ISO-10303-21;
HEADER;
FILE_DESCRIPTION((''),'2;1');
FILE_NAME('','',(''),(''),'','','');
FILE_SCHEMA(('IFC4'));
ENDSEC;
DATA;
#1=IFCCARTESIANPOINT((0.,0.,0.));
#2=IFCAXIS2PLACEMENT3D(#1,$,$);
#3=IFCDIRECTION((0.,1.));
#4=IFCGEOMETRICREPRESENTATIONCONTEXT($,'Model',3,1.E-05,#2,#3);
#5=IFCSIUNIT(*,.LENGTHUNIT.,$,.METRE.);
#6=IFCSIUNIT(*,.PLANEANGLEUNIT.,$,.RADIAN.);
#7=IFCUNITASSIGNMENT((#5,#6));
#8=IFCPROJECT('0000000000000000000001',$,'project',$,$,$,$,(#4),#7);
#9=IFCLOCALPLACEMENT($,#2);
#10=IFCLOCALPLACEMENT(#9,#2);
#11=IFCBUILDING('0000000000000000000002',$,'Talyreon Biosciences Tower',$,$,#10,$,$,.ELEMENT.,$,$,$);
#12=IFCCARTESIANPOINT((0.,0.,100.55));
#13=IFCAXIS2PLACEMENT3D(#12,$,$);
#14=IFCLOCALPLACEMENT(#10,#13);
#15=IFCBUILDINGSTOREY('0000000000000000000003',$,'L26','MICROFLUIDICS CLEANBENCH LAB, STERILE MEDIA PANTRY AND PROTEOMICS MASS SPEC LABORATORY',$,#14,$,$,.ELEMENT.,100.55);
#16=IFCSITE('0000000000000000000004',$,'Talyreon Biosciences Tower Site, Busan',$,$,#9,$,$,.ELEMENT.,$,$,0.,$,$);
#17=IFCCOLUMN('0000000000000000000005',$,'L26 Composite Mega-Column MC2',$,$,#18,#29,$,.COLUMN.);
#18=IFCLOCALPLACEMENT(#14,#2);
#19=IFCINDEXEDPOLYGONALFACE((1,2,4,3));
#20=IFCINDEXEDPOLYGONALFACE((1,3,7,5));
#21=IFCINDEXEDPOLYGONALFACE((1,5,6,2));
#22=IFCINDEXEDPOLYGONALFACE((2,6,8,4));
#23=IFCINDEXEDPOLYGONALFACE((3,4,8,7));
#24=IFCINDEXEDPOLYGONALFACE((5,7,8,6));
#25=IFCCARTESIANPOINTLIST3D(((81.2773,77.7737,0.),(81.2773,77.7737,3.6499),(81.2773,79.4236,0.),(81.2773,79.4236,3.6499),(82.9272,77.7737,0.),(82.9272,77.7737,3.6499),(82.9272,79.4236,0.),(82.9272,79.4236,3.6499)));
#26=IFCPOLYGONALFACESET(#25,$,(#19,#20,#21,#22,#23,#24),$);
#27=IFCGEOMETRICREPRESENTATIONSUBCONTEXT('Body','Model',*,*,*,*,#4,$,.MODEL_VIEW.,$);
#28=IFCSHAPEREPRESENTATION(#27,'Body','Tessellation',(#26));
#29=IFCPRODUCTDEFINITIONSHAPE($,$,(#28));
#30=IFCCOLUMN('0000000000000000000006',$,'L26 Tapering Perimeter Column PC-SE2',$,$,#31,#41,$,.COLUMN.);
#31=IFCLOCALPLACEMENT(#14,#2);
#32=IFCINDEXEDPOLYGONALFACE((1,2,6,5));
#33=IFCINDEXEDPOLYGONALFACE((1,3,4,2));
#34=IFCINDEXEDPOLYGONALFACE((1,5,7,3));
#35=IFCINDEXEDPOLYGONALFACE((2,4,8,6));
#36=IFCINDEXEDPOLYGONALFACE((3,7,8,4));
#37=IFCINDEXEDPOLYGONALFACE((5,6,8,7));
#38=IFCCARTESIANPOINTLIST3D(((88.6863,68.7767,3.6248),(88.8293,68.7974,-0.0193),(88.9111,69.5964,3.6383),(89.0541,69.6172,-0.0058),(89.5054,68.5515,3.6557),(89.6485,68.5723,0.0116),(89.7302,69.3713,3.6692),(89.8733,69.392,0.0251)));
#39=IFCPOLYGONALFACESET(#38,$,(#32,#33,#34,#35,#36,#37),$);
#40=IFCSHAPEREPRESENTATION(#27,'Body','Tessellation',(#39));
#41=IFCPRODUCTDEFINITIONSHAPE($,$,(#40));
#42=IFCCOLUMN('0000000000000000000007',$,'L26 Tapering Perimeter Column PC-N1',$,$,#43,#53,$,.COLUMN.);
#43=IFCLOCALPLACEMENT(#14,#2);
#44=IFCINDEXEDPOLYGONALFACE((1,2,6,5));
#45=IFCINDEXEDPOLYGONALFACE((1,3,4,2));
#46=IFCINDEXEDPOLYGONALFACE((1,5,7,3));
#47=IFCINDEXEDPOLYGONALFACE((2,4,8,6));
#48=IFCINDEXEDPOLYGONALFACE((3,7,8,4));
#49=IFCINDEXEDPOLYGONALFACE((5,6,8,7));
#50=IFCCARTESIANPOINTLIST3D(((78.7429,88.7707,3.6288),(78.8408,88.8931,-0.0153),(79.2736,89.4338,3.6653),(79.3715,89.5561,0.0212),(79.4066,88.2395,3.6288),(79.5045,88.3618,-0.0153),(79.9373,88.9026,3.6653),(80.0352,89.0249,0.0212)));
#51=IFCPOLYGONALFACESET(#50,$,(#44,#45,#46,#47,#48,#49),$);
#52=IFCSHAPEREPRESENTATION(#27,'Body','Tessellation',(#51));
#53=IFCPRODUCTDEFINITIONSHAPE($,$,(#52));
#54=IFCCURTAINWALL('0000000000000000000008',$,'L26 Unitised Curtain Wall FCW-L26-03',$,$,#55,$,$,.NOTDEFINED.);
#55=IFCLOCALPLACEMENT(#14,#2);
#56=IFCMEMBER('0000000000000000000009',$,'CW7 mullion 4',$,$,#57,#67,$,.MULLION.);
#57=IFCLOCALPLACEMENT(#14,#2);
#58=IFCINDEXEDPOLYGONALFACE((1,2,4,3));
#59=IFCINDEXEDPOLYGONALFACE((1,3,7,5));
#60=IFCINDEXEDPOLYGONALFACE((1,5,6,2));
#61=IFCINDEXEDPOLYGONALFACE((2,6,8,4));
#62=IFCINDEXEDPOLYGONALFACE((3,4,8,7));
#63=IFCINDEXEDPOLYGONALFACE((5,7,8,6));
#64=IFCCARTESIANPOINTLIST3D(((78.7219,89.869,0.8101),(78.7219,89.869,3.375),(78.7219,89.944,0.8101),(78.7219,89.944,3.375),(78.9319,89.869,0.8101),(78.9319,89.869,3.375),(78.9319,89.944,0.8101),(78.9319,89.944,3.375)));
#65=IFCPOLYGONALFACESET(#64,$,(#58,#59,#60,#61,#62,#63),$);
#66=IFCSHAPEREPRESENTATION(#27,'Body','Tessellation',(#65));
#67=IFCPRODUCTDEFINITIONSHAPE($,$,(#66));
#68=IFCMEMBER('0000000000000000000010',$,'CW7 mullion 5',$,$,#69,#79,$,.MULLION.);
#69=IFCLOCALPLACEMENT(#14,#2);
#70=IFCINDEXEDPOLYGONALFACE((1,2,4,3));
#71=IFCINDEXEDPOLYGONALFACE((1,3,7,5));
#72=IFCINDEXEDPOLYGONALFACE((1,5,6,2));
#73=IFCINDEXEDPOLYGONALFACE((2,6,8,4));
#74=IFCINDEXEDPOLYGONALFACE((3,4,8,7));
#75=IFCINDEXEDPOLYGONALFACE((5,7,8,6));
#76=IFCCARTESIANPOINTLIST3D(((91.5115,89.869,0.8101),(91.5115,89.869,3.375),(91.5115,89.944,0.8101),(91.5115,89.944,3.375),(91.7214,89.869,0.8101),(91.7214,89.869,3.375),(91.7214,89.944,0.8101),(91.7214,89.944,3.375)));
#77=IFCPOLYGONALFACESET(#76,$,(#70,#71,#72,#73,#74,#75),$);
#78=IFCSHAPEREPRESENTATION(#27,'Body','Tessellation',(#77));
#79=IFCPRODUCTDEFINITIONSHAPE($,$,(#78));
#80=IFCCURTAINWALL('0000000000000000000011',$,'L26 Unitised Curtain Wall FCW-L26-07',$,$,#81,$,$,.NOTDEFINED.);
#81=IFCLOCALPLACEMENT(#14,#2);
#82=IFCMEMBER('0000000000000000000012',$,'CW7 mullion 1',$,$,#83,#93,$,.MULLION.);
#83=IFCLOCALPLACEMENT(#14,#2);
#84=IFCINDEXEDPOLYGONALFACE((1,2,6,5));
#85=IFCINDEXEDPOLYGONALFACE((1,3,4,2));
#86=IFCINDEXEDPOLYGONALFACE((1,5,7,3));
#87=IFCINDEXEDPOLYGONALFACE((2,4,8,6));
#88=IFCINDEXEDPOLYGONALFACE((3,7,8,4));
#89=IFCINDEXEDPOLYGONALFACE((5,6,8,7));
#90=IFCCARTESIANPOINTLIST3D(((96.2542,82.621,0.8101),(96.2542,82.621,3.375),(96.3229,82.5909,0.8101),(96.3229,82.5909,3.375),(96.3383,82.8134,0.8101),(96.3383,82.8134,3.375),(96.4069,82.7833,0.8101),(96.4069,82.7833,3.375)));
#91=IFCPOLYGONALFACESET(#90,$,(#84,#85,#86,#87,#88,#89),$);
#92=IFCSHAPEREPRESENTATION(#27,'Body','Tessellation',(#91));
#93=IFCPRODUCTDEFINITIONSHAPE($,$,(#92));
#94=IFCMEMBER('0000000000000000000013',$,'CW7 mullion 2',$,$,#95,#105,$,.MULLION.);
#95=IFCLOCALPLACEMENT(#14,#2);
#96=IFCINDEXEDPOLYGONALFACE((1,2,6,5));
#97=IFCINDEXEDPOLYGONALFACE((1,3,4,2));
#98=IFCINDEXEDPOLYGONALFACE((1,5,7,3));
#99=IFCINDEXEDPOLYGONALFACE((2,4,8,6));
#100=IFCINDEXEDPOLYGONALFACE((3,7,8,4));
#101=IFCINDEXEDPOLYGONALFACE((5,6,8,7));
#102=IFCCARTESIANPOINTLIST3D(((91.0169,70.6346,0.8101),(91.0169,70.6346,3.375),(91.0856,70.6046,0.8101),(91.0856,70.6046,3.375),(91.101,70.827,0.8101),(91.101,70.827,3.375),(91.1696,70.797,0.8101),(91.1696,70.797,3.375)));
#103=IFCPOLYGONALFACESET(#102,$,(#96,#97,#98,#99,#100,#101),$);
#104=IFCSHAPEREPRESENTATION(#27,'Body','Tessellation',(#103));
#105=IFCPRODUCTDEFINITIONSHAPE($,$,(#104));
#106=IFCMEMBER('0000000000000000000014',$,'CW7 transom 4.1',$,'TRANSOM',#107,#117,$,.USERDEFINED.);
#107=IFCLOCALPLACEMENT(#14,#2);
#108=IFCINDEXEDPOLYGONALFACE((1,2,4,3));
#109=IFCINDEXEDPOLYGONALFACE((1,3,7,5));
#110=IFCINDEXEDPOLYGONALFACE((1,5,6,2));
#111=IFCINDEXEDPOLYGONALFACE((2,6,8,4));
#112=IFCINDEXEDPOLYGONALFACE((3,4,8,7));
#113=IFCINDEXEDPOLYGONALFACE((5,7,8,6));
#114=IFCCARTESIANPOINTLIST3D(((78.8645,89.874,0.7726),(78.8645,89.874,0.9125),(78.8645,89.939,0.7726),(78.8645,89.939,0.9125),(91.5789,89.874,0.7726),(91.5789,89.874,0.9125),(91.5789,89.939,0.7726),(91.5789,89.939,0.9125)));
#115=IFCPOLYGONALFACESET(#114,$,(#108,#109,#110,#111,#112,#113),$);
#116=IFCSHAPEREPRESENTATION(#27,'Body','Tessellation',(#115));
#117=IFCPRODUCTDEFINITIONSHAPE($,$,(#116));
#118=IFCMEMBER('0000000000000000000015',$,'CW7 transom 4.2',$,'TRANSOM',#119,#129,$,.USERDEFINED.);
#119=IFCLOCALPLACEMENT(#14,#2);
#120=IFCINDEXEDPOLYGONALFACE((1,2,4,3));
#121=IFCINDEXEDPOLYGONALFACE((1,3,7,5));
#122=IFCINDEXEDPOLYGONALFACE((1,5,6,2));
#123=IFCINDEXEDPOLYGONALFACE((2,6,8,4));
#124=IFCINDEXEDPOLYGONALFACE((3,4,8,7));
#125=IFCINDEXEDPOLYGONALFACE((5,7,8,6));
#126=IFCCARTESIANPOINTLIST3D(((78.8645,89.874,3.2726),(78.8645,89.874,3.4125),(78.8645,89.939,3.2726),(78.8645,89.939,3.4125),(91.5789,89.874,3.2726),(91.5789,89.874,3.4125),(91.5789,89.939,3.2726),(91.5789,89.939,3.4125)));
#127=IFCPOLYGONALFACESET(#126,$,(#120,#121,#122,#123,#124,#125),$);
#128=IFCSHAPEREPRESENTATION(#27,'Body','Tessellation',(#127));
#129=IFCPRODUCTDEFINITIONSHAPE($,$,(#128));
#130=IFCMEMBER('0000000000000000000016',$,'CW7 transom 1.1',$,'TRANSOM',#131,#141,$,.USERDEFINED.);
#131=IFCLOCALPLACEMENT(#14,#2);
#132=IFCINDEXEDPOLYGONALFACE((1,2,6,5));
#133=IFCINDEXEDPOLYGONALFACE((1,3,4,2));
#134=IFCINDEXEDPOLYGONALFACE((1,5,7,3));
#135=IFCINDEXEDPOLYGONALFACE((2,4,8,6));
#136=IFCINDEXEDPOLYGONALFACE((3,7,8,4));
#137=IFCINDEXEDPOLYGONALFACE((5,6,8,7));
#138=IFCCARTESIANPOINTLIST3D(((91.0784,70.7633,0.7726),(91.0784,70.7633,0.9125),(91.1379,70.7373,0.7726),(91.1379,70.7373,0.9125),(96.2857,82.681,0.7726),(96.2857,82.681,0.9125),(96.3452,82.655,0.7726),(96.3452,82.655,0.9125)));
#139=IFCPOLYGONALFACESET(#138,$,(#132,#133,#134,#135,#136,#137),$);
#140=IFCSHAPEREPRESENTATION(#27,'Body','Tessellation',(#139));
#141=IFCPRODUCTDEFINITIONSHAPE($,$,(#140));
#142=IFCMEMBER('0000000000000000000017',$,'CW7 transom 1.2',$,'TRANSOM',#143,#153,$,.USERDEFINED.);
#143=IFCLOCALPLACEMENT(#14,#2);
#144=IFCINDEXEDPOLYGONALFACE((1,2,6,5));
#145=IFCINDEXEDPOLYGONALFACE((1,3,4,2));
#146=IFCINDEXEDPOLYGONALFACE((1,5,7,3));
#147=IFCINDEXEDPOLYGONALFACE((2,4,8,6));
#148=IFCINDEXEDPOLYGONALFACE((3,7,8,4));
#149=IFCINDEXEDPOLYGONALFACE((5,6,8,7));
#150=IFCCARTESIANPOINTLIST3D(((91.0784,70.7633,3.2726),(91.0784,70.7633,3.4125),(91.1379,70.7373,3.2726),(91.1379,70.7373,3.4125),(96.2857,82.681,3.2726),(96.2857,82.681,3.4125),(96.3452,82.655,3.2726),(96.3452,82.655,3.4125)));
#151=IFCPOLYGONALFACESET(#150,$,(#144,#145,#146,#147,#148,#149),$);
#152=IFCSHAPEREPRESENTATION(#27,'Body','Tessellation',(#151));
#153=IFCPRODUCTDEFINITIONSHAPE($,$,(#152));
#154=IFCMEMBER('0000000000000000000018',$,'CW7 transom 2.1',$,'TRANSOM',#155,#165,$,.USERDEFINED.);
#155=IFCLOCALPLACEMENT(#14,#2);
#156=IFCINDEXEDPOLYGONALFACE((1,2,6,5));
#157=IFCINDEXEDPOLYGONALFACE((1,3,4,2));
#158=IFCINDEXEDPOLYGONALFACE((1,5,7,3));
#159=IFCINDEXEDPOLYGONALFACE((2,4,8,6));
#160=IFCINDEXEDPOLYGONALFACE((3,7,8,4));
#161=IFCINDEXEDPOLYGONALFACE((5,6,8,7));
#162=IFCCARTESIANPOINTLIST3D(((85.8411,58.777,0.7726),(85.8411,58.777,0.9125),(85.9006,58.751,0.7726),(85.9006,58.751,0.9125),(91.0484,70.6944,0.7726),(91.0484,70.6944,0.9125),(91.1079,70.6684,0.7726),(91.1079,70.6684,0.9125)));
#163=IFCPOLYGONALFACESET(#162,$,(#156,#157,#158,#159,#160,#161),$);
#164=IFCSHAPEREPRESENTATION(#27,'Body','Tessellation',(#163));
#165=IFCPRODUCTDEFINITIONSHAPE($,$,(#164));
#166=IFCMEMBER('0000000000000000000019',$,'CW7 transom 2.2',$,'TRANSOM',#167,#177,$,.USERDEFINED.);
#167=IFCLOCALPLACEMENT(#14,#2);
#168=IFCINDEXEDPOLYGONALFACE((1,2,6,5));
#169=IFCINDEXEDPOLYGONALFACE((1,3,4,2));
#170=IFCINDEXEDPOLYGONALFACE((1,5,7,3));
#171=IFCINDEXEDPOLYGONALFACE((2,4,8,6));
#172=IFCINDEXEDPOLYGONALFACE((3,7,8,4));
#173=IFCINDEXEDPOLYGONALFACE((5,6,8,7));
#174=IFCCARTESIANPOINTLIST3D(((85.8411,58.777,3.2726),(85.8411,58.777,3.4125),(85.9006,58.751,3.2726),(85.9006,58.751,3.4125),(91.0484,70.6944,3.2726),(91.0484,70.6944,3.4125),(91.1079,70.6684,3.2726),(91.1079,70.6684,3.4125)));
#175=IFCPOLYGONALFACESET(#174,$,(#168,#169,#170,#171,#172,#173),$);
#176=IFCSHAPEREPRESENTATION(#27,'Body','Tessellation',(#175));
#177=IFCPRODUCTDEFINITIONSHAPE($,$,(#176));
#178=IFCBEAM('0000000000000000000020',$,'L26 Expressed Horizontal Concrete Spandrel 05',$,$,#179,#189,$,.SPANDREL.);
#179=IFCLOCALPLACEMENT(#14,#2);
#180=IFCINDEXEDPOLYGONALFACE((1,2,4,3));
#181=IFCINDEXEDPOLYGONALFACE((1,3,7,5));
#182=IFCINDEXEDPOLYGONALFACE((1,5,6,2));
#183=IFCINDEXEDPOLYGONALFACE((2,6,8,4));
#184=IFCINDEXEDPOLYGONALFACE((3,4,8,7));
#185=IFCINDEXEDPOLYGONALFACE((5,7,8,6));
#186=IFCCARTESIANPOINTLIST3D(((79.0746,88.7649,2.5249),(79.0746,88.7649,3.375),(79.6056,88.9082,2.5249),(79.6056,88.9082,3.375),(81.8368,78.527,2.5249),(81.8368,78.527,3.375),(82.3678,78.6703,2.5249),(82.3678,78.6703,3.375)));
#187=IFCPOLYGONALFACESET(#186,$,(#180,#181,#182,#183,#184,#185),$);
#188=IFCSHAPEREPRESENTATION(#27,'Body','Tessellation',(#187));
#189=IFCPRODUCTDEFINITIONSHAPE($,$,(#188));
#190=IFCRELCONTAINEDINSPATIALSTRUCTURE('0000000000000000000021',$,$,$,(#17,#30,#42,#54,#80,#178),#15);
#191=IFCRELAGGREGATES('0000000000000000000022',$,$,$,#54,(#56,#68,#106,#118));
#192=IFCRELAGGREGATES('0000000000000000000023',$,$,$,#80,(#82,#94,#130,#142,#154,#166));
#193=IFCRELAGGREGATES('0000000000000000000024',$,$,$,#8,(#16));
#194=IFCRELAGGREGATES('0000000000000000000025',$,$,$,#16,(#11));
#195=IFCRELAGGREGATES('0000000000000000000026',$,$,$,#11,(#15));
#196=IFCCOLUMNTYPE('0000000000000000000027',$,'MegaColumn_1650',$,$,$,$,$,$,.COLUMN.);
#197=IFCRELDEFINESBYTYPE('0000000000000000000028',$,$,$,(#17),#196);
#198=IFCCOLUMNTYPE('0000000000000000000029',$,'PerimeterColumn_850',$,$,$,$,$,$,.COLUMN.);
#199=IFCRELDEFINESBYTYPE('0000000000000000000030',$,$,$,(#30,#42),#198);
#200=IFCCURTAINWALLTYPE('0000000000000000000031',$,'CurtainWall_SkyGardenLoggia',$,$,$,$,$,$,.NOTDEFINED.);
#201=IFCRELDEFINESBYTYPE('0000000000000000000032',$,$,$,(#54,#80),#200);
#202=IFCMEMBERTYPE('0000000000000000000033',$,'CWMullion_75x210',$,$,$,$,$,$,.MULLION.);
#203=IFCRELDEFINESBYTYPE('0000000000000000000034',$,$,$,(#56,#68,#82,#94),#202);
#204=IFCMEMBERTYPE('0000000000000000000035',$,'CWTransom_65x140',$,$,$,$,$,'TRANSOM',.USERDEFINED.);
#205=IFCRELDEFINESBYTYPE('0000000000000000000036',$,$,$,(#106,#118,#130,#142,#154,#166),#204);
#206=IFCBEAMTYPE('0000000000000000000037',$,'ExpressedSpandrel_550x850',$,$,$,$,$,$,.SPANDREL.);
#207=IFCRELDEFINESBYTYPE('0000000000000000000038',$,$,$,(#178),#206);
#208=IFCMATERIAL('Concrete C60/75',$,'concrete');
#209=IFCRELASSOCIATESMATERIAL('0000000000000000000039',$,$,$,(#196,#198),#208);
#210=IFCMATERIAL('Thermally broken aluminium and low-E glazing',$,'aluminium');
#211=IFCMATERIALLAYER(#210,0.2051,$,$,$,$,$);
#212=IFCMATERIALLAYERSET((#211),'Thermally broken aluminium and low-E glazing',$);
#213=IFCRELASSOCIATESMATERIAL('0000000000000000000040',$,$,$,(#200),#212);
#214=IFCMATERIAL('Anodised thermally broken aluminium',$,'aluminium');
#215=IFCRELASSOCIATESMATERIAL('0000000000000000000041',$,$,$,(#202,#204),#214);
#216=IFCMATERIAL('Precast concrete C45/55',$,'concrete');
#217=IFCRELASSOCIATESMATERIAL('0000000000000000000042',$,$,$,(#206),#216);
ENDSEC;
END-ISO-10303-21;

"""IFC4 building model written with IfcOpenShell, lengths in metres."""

from ifc_helpers import new_model, si_unit, direction, frame, origin, origin_2d, place, context, subcontext, project, spatial, rectangle, extrude, material, layer, layer_set, material_profile, profile_set, type_object, element, aggregate, save


model = new_model("IFC4")

# Units and contexts
model_context = context("Model", 3, precision=1e-05, world=origin(), true_north=direction((0.0, 1.0)))
body_context = subcontext(model_context, "Body", "Model", "MODEL_VIEW")
ifc_project = project(units=[si_unit("LENGTHUNIT", "METRE"), si_unit("PLANEANGLEUNIT", "RADIAN")], contexts=[model_context])

# Site, building, storey
site_placement = place(None, origin())
site = spatial("IfcSite", under=ifc_project, at=site_placement, Name="Talyreon Biosciences Tower Site, Busan", CompositionType="ELEMENT", RefElevation=0.0)
building_placement = place(site_placement, origin())
building = spatial("IfcBuilding", under=site, at=building_placement, Name="Talyreon Biosciences Tower", CompositionType="ELEMENT")
storey_placement = place(building_placement, frame((0.0, 0.0, 100.55)))
storey = spatial("IfcBuildingStorey", under=building, at=storey_placement, Name="L26", Description="MICROFLUIDICS CLEANBENCH LAB, STERILE MEDIA PANTRY AND PROTEOMICS MASS SPEC LABORATORY", CompositionType="ELEMENT", Elevation=100.55)

# Columns
ifc_material_1 = material(Name="Concrete C60/75", Category="concrete")
ifc_material_profile_1 = material_profile(ifc_material_1, rectangle(XDim=1.6499, YDim=1.6499, at=origin_2d()), Name="RC 1650x1650")
ifc_profile_set_1 = profile_set([ifc_material_profile_1], Name="Concrete C60/75")
column_type_1 = type_object("IfcColumnType", Name="MegaColumn_1650", PredefinedType="COLUMN", material=ifc_profile_set_1)
column_1_placement = place(storey_placement, frame((82.1023, 78.5986, 0.0), z_axis=(0.0, 0.0, 1.0), x_axis=(1.0, 0.0, 0.0)))
element("IfcColumn", 1, at=column_1_placement, inside=storey, type_object=column_type_1, Name="L26 Composite Mega-Column MC2", PredefinedType="COLUMN", context=body_context, shape_type="SweptSolid", body=[
    extrude(rectangle(XDim=1.6499, YDim=1.6499, at=origin_2d()), origin(), (0.0, 0.0, 1.0), 3.6499),
])
ifc_material_profile_2 = material_profile(ifc_material_1, rectangle(XDim=0.8501, YDim=0.8501, at=origin_2d()), Name="RC 850x850")
ifc_profile_set_2 = profile_set([ifc_material_profile_2], Name="Concrete C60/75")
column_type_2 = type_object("IfcColumnType", Name="PerimeterColumn_850", PredefinedType="COLUMN", material=ifc_profile_set_2)
column_2_placement = place(storey_placement, frame((89.3513, 69.0947, 0.0029), z_axis=(-0.039229, -0.00569, 0.999214), x_axis=(0.963601, -0.264864, 0.036323)))
element("IfcColumn", 2, at=column_2_placement, inside=storey, type_object=column_type_2, Name="L26 Tapering Perimeter Column PC-SE2", PredefinedType="COLUMN", context=body_context, shape_type="SweptSolid", body=[
    extrude(rectangle(XDim=0.8501, YDim=0.8501, at=origin_2d()), origin(), (0.0, 0.0, 1.0), 3.647),
])
column_3_placement = place(storey_placement, frame((79.438, 88.959, 0.0029), z_axis=(-0.026841, -0.033535, 0.999077), x_axis=(-0.780717, 0.624885, 0.0)))
element("IfcColumn", 3, at=column_3_placement, inside=storey, type_object=column_type_2, Name="L26 Tapering Perimeter Column PC-N1", PredefinedType="COLUMN", context=body_context, shape_type="SweptSolid", body=[
    extrude(rectangle(XDim=0.8501, YDim=0.8501, at=origin_2d()), origin(), (0.0, 0.0, 1.0), 3.6475),
])

# Curtain walls, members
ifc_material_2 = material(Name="Thermally broken aluminium and low-E glazing", Category="aluminium")
ifc_layer_1 = layer(ifc_material_2, 0.2051)
ifc_layer_set_1 = layer_set([ifc_layer_1], Name="Thermally broken aluminium and low-E glazing")
curtain_wall_type = type_object("IfcCurtainWallType", Name="CurtainWall_SkyGardenLoggia", PredefinedType="NOTDEFINED", material=ifc_layer_set_1)
curtain_wall_1_placement = place(storey_placement, origin())
curtain_wall_1 = element("IfcCurtainWall", 4, at=curtain_wall_1_placement, inside=storey, type_object=curtain_wall_type, Name="L26 Unitised Curtain Wall FCW-L26-03", PredefinedType="NOTDEFINED")
ifc_material_3 = material(Name="Anodised thermally broken aluminium", Category="aluminium")
ifc_material_profile_3 = material_profile(ifc_material_3, rectangle(XDim=0.075, YDim=0.21, at=origin_2d()), Name="ALUM MULLION 75x210")
ifc_profile_set_3 = profile_set([ifc_material_profile_3], Name="Anodised thermally broken aluminium")
member_type_1 = type_object("IfcMemberType", Name="CWMullion_75x210", PredefinedType="MULLION", material=ifc_profile_set_3)
member_1_placement = place(storey_placement, frame((78.8269, 89.9065, 0.8101), z_axis=(0.0, 0.0, 1.0), x_axis=(0.0, 1.0, 0.0)))
member_1 = element("IfcMember", 5, at=member_1_placement, type_object=member_type_1, Name="CW7 mullion 4", PredefinedType="MULLION", context=body_context, shape_type="SweptSolid", body=[
    extrude(rectangle(XDim=0.075, YDim=0.21, at=origin_2d()), origin(), (0.0, 0.0, 1.0), 2.5649),
])
member_2_placement = place(storey_placement, frame((91.6165, 89.9065, 0.8101), z_axis=(0.0, 0.0, 1.0), x_axis=(0.0, 1.0, 0.0)))
member_2 = element("IfcMember", 6, at=member_2_placement, type_object=member_type_1, Name="CW7 mullion 5", PredefinedType="MULLION", context=body_context, shape_type="SweptSolid", body=[
    extrude(rectangle(XDim=0.075, YDim=0.21, at=origin_2d()), origin(), (0.0, 0.0, 1.0), 2.5649),
])
curtain_wall_2_placement = place(storey_placement, origin())
curtain_wall_2 = element("IfcCurtainWall", 7, at=curtain_wall_2_placement, inside=storey, type_object=curtain_wall_type, Name="L26 Unitised Curtain Wall FCW-L26-07", PredefinedType="NOTDEFINED")
member_3_placement = place(storey_placement, frame((96.3306, 82.7021, 0.8101), z_axis=(0.0, 0.0, 1.0), x_axis=(0.916347, -0.400385, 0.0)))
member_3 = element("IfcMember", 8, at=member_3_placement, type_object=member_type_1, Name="CW7 mullion 1", PredefinedType="MULLION", context=body_context, shape_type="SweptSolid", body=[
    extrude(rectangle(XDim=0.075, YDim=0.21, at=origin_2d()), origin(), (0.0, 0.0, 1.0), 2.5649),
])
member_4_placement = place(storey_placement, frame((91.0933, 70.7158, 0.8101), z_axis=(0.0, 0.0, 1.0), x_axis=(0.916347, -0.400385, 0.0)))
member_4 = element("IfcMember", 9, at=member_4_placement, type_object=member_type_1, Name="CW7 mullion 2", PredefinedType="MULLION", context=body_context, shape_type="SweptSolid", body=[
    extrude(rectangle(XDim=0.075, YDim=0.21, at=origin_2d()), origin(), (0.0, 0.0, 1.0), 2.5649),
])

# Members
ifc_material_profile_4 = material_profile(ifc_material_3, rectangle(XDim=0.0649, YDim=0.1399, at=origin_2d()), Name="ALUM TRANSOM 65x140")
ifc_profile_set_4 = profile_set([ifc_material_profile_4], Name="Anodised thermally broken aluminium")
member_type_2 = type_object("IfcMemberType", Name="CWTransom_65x140", ElementType="TRANSOM", PredefinedType="USERDEFINED", material=ifc_profile_set_4)
member_5_placement = place(storey_placement, frame((78.8645, 89.9065, 0.8425), z_axis=(1.0, 0.0, 0.0), x_axis=(0.0, 1.0, 0.0)))
member_5 = element("IfcMember", 10, at=member_5_placement, type_object=member_type_2, Name="CW7 transom 4.1", ObjectType="TRANSOM", PredefinedType="USERDEFINED", context=body_context, shape_type="SweptSolid", body=[
    extrude(rectangle(XDim=0.0649, YDim=0.1399, at=origin_2d()), origin(), (0.0, 0.0, 1.0), 12.7144),
])
member_6_placement = place(storey_placement, frame((78.8645, 89.9065, 3.3425), z_axis=(1.0, 0.0, 0.0), x_axis=(0.0, 1.0, 0.0)))
member_6 = element("IfcMember", 11, at=member_6_placement, type_object=member_type_2, Name="CW7 transom 4.2", ObjectType="TRANSOM", PredefinedType="USERDEFINED", context=body_context, shape_type="SweptSolid", body=[
    extrude(rectangle(XDim=0.0649, YDim=0.1399, at=origin_2d()), origin(), (0.0, 0.0, 1.0), 12.7144),
])
member_7_placement = place(storey_placement, frame((96.3154, 82.668, 0.8425), z_axis=(-0.400385, -0.916347, 0.0), x_axis=(0.916347, -0.400385, 0.0)))
member_7 = element("IfcMember", 12, at=member_7_placement, type_object=member_type_2, Name="CW7 transom 1.1", ObjectType="TRANSOM", PredefinedType="USERDEFINED", context=body_context, shape_type="SweptSolid", body=[
    extrude(rectangle(XDim=0.0649, YDim=0.1399, at=origin_2d()), origin(), (0.0, 0.0, 1.0), 13.0056),
])
member_8_placement = place(storey_placement, frame((96.3154, 82.668, 3.3425), z_axis=(-0.400385, -0.916347, 0.0), x_axis=(0.916347, -0.400385, 0.0)))
member_8 = element("IfcMember", 13, at=member_8_placement, type_object=member_type_2, Name="CW7 transom 1.2", ObjectType="TRANSOM", PredefinedType="USERDEFINED", context=body_context, shape_type="SweptSolid", body=[
    extrude(rectangle(XDim=0.0649, YDim=0.1399, at=origin_2d()), origin(), (0.0, 0.0, 1.0), 13.0056),
])
member_9_placement = place(storey_placement, frame((91.0781, 70.6814, 0.8425), z_axis=(-0.400391, -0.916344, 0.0), x_axis=(0.916344, -0.400391, 0.0)))
member_9 = element("IfcMember", 14, at=member_9_placement, type_object=member_type_2, Name="CW7 transom 2.1", ObjectType="TRANSOM", PredefinedType="USERDEFINED", context=body_context, shape_type="SweptSolid", body=[
    extrude(rectangle(XDim=0.0649, YDim=0.1399, at=origin_2d()), origin(), (0.0, 0.0, 1.0), 13.0054),
])
member_10_placement = place(storey_placement, frame((91.0781, 70.6814, 3.3425), z_axis=(-0.400391, -0.916344, 0.0), x_axis=(0.916344, -0.400391, 0.0)))
member_10 = element("IfcMember", 15, at=member_10_placement, type_object=member_type_2, Name="CW7 transom 2.2", ObjectType="TRANSOM", PredefinedType="USERDEFINED", context=body_context, shape_type="SweptSolid", body=[
    extrude(rectangle(XDim=0.0649, YDim=0.1399, at=origin_2d()), origin(), (0.0, 0.0, 1.0), 13.0054),
])

# Beam
ifc_material_4 = material(Name="Precast concrete C45/55", Category="concrete")
ifc_material_profile_5 = material_profile(ifc_material_4, rectangle(XDim=0.55, YDim=0.8501, at=origin_2d()), Name="RCB 550x850")
ifc_profile_set_5 = profile_set([ifc_material_profile_5], Name="Precast concrete C45/55")
beam_type_1 = type_object("IfcBeamType", Name="ExpressedSpandrel_550x850", PredefinedType="SPANDREL", material=ifc_profile_set_5)
beam_1_placement = place(storey_placement, frame((82.1023, 78.5986, 2.95), z_axis=(-0.260485, 0.965478, 0.0), x_axis=(-0.965478, -0.260485, 0.0)))
element("IfcBeam", 16, at=beam_1_placement, inside=storey, type_object=beam_type_1, Name="L26 Expressed Horizontal Concrete Spandrel 05", PredefinedType="SPANDREL", context=body_context, shape_type="SweptSolid", body=[
    extrude(rectangle(XDim=0.55, YDim=0.8501, at=origin_2d()), origin(), (0.0, 0.0, 1.0), 10.604),
])

aggregate(curtain_wall_1, [member_1, member_2, member_5, member_6])
aggregate(curtain_wall_2, [member_3, member_4, member_7, member_8, member_9, member_10])

save(model, "model.ifc")
